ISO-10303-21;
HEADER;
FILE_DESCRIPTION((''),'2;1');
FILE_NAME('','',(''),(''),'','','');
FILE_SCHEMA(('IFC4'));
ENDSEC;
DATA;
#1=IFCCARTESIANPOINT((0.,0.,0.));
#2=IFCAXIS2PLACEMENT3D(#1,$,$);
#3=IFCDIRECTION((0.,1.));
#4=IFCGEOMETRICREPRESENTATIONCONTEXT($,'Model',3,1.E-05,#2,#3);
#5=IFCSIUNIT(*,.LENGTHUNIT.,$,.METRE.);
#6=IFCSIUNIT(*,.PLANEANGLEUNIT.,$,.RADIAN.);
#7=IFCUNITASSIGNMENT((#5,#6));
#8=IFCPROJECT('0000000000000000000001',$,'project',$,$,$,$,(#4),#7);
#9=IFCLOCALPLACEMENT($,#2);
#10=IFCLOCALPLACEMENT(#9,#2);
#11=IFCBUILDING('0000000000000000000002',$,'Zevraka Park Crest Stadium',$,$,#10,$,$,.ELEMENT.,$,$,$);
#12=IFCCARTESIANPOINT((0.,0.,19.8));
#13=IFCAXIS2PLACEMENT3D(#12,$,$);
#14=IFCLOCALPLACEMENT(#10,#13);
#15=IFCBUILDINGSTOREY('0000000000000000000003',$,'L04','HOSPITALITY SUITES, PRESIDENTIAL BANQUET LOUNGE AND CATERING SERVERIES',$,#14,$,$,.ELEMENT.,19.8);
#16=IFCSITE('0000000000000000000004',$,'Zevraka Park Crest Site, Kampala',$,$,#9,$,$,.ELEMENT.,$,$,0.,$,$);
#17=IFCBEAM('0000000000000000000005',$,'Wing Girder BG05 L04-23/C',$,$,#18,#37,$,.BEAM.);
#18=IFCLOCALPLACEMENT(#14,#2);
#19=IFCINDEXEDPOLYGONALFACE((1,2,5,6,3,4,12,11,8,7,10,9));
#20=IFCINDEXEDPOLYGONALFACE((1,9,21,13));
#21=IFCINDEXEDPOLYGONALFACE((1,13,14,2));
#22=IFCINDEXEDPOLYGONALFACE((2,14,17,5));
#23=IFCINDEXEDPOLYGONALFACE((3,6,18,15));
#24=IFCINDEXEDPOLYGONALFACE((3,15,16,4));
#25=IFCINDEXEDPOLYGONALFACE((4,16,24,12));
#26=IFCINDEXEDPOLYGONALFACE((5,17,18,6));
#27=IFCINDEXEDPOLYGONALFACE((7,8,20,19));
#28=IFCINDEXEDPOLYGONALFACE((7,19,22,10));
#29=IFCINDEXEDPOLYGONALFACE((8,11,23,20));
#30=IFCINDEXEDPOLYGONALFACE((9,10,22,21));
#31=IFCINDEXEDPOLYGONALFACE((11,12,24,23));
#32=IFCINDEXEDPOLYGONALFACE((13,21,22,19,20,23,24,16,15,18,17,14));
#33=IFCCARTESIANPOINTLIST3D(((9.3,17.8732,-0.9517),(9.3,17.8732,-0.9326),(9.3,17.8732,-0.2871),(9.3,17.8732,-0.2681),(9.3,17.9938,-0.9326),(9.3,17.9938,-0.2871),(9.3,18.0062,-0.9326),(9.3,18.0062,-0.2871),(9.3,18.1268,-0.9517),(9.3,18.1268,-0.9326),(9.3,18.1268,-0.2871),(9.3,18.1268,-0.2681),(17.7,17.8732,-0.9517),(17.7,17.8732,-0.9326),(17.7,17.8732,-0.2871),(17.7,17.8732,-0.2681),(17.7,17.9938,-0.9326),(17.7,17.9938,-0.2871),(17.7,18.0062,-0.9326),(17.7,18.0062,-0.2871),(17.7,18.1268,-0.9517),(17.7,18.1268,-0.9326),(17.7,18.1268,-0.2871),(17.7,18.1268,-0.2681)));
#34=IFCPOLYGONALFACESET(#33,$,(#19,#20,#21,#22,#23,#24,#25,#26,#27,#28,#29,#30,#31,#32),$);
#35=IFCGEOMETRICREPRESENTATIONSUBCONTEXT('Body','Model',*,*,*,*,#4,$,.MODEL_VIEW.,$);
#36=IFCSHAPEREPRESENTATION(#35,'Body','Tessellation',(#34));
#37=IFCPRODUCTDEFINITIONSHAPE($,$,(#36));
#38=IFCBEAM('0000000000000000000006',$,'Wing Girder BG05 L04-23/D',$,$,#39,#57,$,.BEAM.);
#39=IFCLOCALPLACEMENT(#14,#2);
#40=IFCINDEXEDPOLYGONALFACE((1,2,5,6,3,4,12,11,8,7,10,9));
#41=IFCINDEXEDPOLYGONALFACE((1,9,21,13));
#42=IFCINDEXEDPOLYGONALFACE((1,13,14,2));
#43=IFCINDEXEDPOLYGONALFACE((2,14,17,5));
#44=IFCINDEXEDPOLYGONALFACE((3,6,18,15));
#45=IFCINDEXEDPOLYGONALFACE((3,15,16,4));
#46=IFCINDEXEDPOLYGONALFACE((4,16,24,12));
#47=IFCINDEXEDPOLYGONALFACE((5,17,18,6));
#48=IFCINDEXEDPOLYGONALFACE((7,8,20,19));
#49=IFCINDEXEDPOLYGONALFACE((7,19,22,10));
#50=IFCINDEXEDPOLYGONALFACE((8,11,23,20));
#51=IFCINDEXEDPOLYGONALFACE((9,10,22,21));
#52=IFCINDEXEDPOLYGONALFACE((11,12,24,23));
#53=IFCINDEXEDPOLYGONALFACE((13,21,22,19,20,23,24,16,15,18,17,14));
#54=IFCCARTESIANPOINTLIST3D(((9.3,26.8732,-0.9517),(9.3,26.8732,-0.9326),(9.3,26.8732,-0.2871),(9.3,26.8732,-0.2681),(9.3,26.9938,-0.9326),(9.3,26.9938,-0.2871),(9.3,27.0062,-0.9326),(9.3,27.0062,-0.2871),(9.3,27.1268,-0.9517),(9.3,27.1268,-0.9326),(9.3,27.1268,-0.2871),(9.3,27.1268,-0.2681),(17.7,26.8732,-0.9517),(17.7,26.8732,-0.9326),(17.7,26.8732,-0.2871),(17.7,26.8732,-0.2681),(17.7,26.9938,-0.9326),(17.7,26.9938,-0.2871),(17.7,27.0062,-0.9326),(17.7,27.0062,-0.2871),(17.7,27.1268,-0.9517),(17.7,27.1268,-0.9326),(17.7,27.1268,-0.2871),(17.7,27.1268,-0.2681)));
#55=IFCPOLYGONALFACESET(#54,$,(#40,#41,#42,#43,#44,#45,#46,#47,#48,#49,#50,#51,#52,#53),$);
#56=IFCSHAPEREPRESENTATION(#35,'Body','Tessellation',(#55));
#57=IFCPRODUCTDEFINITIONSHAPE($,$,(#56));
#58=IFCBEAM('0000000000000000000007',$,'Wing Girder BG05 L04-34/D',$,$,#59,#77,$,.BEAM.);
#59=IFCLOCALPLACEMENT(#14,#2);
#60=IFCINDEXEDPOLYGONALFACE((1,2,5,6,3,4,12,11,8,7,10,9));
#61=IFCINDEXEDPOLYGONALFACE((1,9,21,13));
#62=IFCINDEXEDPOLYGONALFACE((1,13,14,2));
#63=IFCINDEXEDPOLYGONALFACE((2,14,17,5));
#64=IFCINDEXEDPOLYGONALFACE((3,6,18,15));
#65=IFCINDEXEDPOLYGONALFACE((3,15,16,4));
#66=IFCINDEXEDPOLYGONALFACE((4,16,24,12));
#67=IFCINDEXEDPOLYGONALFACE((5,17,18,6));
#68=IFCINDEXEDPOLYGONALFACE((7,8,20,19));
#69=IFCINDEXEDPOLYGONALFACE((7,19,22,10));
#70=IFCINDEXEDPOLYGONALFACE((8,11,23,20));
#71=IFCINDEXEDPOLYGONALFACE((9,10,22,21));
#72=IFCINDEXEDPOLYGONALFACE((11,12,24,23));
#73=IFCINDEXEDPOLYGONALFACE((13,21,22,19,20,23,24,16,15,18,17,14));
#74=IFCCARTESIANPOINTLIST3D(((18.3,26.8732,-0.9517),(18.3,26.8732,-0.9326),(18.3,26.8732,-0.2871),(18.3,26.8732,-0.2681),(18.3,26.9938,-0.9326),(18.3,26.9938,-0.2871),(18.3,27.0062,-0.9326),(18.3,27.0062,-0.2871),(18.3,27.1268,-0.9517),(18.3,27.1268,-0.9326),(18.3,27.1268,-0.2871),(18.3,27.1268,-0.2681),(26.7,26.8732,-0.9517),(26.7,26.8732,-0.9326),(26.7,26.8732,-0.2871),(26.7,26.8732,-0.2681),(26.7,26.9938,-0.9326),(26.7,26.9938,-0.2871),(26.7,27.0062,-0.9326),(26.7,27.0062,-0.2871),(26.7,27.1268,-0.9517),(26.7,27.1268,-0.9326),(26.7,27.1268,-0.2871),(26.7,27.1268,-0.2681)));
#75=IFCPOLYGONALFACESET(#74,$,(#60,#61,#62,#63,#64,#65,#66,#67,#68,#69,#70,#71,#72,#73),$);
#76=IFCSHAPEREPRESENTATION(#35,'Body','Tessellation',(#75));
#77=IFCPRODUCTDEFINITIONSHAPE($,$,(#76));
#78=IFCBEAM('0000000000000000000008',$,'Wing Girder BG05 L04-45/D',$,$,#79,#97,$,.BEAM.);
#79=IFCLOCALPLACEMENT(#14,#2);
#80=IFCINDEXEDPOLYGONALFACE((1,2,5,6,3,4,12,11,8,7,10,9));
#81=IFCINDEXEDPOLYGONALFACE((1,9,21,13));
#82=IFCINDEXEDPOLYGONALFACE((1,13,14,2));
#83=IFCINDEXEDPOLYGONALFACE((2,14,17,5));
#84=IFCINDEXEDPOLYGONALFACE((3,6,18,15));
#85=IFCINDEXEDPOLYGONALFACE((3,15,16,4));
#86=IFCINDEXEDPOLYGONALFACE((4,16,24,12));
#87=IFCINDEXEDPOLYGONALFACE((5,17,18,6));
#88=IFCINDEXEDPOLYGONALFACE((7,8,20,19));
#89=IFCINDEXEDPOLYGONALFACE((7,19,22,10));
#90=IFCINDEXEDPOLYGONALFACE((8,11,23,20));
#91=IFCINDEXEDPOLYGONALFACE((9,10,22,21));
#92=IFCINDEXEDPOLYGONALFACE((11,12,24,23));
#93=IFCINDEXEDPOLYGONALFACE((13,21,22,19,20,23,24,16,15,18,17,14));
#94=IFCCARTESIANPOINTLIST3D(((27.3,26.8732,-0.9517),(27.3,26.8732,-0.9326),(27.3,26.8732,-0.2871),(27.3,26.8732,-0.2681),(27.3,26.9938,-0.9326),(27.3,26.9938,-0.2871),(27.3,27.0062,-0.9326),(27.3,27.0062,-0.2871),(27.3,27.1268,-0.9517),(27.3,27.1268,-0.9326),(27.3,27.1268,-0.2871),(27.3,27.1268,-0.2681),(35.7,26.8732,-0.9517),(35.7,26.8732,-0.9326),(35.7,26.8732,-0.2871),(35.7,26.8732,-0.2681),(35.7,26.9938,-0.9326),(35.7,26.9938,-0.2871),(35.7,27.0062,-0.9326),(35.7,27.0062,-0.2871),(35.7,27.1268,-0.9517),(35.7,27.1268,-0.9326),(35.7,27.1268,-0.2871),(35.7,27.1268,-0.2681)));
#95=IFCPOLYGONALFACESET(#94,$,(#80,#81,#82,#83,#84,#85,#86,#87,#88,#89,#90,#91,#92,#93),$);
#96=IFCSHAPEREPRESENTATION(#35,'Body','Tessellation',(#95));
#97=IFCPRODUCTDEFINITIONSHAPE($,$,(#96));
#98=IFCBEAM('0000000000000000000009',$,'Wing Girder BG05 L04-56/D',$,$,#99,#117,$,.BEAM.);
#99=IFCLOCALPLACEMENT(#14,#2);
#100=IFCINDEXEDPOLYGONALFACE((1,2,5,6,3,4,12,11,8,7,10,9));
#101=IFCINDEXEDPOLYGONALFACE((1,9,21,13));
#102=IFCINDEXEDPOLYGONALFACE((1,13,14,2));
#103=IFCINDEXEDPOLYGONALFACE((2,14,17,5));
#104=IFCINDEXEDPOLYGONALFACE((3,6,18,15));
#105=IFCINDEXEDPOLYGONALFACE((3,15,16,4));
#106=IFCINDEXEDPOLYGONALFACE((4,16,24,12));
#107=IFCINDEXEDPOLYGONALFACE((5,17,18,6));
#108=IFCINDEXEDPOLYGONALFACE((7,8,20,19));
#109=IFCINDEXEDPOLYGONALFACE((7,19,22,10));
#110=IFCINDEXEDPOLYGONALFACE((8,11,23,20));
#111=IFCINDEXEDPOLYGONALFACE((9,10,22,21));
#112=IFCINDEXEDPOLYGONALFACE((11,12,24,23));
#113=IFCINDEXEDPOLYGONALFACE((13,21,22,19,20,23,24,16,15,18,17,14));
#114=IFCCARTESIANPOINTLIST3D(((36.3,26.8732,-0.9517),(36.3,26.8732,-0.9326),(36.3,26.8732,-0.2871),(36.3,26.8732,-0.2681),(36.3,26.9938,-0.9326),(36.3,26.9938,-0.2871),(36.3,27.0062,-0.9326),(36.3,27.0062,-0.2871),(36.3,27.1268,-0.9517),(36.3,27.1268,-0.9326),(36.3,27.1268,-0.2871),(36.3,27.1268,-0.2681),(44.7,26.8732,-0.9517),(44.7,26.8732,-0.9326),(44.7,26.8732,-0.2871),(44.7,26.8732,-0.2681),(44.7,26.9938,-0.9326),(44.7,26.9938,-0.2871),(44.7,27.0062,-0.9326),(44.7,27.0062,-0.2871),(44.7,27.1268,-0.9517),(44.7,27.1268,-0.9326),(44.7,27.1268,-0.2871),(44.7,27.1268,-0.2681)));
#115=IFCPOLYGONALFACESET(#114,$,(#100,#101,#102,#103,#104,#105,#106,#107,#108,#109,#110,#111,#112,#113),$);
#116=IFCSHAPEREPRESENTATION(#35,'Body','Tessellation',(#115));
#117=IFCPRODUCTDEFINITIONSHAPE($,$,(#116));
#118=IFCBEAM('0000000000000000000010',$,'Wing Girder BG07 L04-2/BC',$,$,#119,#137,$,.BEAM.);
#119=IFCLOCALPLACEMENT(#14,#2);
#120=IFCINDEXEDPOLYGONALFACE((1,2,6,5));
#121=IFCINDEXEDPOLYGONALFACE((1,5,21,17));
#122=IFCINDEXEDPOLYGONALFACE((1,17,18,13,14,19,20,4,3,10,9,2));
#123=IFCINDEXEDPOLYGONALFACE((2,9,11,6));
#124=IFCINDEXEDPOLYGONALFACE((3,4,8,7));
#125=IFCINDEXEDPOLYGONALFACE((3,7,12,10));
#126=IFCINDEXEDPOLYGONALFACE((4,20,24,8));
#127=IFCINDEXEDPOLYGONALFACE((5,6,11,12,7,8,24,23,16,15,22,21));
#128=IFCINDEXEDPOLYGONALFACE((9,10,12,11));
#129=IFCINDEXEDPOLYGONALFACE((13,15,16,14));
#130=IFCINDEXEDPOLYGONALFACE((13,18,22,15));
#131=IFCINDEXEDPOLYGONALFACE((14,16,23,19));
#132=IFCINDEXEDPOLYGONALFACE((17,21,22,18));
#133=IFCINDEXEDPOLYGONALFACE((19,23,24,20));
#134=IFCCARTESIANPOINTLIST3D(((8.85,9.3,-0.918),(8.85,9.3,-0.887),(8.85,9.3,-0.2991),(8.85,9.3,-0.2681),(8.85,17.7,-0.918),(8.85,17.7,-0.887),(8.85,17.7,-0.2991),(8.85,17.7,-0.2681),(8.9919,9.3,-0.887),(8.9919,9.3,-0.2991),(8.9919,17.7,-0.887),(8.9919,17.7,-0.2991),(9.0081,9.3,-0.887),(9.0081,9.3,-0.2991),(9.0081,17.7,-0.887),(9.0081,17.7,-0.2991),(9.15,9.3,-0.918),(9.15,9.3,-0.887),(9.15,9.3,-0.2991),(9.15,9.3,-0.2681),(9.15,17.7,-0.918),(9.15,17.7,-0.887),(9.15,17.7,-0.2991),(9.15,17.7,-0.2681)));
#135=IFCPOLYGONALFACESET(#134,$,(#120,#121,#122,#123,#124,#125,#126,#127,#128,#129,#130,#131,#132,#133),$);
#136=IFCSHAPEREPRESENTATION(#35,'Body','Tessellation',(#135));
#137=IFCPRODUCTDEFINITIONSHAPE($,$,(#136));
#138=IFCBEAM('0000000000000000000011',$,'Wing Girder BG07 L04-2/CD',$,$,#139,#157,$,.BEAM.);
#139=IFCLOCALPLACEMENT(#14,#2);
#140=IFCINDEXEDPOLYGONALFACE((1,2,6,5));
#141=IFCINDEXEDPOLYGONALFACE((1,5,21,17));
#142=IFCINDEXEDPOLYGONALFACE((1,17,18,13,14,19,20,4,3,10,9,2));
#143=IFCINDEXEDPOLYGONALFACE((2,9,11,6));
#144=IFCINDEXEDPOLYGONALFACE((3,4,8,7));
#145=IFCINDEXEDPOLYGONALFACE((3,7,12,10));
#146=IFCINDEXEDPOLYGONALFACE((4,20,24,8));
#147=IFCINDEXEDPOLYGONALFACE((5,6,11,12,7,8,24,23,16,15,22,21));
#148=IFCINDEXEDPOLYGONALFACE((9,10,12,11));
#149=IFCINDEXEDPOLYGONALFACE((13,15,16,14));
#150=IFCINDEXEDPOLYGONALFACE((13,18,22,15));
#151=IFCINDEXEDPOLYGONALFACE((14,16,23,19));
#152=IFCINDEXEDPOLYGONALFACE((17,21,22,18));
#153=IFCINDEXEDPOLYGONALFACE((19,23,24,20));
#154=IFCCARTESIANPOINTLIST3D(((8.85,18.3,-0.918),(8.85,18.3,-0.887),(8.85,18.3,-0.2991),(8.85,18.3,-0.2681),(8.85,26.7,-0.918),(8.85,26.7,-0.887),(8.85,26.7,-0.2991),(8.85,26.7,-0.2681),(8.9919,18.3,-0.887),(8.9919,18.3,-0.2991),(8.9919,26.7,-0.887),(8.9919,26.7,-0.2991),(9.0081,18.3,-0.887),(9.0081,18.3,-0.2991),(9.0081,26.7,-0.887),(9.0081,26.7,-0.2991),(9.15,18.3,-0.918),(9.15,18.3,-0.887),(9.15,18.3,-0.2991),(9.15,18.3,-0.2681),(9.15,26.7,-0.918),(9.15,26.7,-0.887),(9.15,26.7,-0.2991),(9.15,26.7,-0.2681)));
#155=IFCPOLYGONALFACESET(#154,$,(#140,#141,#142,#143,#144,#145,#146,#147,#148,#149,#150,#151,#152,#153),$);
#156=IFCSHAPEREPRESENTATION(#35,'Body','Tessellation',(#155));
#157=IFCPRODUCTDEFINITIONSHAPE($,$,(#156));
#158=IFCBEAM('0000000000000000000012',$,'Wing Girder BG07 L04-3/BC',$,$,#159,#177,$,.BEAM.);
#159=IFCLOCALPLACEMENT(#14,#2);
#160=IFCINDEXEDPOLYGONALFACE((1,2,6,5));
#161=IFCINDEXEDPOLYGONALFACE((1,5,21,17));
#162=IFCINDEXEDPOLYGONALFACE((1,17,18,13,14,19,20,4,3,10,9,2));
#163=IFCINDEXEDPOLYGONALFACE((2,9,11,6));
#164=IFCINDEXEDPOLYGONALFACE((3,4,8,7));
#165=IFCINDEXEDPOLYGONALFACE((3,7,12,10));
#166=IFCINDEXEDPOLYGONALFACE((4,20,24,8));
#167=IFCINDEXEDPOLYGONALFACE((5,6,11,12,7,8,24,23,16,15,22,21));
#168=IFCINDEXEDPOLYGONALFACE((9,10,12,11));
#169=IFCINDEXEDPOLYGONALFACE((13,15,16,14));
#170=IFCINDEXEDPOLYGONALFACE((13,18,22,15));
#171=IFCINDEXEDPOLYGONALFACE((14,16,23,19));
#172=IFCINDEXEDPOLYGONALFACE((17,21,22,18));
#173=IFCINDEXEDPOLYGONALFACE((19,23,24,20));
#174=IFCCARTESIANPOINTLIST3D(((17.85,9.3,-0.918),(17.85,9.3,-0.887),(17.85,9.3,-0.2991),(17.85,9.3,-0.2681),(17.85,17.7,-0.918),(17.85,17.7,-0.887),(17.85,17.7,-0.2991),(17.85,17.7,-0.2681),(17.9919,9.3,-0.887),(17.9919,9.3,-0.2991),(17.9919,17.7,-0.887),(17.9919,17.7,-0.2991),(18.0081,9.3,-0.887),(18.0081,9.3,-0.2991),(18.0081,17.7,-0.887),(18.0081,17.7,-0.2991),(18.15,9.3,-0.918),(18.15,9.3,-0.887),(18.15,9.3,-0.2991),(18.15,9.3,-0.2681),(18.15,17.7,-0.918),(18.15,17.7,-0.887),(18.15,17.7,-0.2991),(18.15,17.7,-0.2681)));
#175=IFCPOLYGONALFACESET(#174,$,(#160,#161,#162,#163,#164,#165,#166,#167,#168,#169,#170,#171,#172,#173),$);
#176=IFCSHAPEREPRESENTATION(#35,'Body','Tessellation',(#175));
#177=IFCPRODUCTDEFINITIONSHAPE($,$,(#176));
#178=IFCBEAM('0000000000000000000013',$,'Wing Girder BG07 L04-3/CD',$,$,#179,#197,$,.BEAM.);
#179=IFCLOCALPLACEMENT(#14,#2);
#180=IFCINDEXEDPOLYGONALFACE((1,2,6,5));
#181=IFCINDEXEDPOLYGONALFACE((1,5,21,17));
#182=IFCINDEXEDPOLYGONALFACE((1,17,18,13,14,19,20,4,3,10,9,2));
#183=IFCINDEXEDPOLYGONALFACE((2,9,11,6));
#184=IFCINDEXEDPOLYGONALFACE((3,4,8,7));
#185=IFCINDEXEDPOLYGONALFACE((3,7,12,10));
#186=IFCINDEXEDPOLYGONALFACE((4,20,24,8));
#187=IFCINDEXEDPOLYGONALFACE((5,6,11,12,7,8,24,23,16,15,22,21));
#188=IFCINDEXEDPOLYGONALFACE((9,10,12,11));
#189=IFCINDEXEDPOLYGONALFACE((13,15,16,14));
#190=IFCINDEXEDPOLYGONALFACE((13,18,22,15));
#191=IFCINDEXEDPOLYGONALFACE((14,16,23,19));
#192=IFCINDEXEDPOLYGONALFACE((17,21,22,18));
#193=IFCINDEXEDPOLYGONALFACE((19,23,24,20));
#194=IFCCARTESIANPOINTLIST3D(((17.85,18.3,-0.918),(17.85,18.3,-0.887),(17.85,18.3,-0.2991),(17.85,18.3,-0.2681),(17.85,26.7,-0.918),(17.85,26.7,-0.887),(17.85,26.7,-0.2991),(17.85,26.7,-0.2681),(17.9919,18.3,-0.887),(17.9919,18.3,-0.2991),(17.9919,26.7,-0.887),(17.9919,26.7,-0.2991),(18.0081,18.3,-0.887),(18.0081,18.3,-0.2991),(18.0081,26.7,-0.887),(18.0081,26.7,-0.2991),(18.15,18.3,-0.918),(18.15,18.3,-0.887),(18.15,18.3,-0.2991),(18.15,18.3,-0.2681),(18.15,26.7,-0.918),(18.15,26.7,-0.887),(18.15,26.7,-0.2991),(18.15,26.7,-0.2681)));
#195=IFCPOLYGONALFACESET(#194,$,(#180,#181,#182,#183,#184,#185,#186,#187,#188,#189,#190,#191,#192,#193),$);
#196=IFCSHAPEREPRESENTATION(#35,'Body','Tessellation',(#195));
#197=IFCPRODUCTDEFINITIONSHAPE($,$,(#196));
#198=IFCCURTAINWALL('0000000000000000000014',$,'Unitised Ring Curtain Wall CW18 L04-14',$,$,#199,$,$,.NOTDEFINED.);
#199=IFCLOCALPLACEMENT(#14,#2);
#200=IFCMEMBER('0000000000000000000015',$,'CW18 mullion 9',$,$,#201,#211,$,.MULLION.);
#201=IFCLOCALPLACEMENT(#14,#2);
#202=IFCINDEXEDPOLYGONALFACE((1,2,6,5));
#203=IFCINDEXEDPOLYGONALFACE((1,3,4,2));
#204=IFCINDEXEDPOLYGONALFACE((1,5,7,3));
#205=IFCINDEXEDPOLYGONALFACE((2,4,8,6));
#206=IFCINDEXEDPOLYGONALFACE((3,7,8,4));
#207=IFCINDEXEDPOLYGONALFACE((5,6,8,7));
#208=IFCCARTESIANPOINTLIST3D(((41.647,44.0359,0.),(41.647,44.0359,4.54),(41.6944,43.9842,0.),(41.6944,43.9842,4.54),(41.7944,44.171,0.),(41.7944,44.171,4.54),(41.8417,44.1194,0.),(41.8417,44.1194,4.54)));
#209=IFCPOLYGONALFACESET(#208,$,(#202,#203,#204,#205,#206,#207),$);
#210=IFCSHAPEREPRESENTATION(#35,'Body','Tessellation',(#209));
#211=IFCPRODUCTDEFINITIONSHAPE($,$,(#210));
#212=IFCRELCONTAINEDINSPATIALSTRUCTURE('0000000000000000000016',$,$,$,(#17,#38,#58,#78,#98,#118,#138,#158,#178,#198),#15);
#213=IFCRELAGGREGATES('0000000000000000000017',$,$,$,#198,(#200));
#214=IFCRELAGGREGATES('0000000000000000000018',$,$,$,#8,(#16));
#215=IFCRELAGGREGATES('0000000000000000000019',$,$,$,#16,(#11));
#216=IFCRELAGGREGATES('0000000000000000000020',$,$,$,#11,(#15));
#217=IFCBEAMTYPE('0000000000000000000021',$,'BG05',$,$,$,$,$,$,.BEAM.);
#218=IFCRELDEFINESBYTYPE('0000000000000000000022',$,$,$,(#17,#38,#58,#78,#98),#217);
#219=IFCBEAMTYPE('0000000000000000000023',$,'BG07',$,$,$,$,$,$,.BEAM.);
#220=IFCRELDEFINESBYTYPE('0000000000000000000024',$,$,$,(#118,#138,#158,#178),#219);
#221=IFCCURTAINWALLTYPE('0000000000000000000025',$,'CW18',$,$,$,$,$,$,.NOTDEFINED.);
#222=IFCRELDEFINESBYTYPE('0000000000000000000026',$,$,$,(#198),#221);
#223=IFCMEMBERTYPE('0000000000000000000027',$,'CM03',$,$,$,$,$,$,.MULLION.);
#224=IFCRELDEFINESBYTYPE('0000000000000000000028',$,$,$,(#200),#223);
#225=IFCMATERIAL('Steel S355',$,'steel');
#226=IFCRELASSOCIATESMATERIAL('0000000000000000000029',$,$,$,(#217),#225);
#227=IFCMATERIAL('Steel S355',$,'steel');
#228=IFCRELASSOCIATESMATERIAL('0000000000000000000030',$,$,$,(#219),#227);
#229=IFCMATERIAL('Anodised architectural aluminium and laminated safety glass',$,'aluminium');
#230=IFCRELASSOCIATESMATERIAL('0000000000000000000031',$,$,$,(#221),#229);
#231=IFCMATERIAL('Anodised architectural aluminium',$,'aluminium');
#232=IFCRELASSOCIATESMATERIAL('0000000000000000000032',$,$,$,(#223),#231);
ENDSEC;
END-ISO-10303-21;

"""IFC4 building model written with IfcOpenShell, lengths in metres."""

from ifc_helpers import new_model, si_unit, direction, frame, origin, origin_2d, place, context, subcontext, project, spatial, rectangle, i_section, extrude, material, material_profile, profile_set, type_object, element, aggregate, save


model = new_model("IFC4")

# Units and contexts
model_context = context("Model", 3, precision=1e-05, world=origin(), true_north=direction((0.0, 1.0)))
body_context = subcontext(model_context, "Body", "Model", "MODEL_VIEW")
ifc_project = project(units=[si_unit("LENGTHUNIT", "METRE"), si_unit("PLANEANGLEUNIT", "RADIAN")], contexts=[model_context])

# Site, building, storey
site_placement = place(None, origin())
site = spatial("IfcSite", under=ifc_project, at=site_placement, Name="Zevraka Park Crest Site, Kampala", CompositionType="ELEMENT", RefElevation=0.0)
building_placement = place(site_placement, origin())
building = spatial("IfcBuilding", under=site, at=building_placement, Name="Zevraka Park Crest Stadium", CompositionType="ELEMENT")
storey_placement = place(building_placement, frame((0.0, 0.0, 19.8)))
storey = spatial("IfcBuildingStorey", under=building, at=storey_placement, Name="L04", Description="HOSPITALITY SUITES, PRESIDENTIAL BANQUET LOUNGE AND CATERING SERVERIES", CompositionType="ELEMENT", Elevation=19.8)

# Beams
ifc_material_1 = material(Name="Steel S355", Category="steel")
ifc_material_profile_1 = material_profile(ifc_material_1, i_section(OverallWidth=0.2537, OverallDepth=0.6836, WebThickness=0.0125, FlangeThickness=0.019, at=origin_2d()), Name="UKB 686x254x140")
ifc_profile_set_1 = profile_set([ifc_material_profile_1], Name="Steel S355")
beam_type_1 = type_object("IfcBeamType", Name="BG05", PredefinedType="BEAM", material=ifc_profile_set_1)
for number, where, z_axis, x_axis, name in (
    (1, (9.3, 18.0, -0.6099), (1.0, 0.0, 0.0), (0.0, 1.0, 0.0), "Wing Girder BG05 L04-23/C"),
    (2, (9.3, 27.0, -0.6099), (1.0, 0.0, 0.0), (0.0, 1.0, 0.0), "Wing Girder BG05 L04-23/D"),
    (3, (18.3, 27.0, -0.6099), (1.0, 0.0, 0.0), (0.0, 1.0, 0.0), "Wing Girder BG05 L04-34/D"),
    (4, (27.3, 27.0, -0.6099), (1.0, 0.0, 0.0), (0.0, 1.0, 0.0), "Wing Girder BG05 L04-45/D"),
    (5, (36.3, 27.0, -0.6099), (1.0, 0.0, 0.0), (0.0, 1.0, 0.0), "Wing Girder BG05 L04-56/D"),
):
    element("IfcBeam", number, at=place(storey_placement, frame(where, z_axis=z_axis, x_axis=x_axis)), inside=storey, type_object=beam_type_1, Name=name, PredefinedType="BEAM", context=body_context, shape_type="SweptSolid", body=[
        extrude(i_section(OverallWidth=0.2537, OverallDepth=0.6836, WebThickness=0.0125, FlangeThickness=0.019, at=origin_2d()), origin(), (0.0, 0.0, 1.0), 8.3999),
    ])
ifc_material_2 = material(Name="Steel S355", Category="steel")
ifc_material_profile_2 = material_profile(ifc_material_2, i_section(OverallWidth=0.3, OverallDepth=0.6499, WebThickness=0.0161, FlangeThickness=0.031, at=origin_2d()), Name="HEB 650")
ifc_profile_set_2 = profile_set([ifc_material_profile_2], Name="Steel S355")
beam_type_2 = type_object("IfcBeamType", Name="BG07", PredefinedType="BEAM", material=ifc_profile_set_2)
for number, where, z_axis, x_axis, name in (
    (6, (9.0, 9.3, -0.593), (0.0, 1.0, 0.0), (-1.0, 0.0, 0.0), "Wing Girder BG07 L04-2/BC"),
    (7, (9.0, 18.3, -0.593), (0.0, 1.0, 0.0), (-1.0, 0.0, 0.0), "Wing Girder BG07 L04-2/CD"),
    (8, (18.0, 9.3, -0.593), (0.0, 1.0, 0.0), (-1.0, 0.0, 0.0), "Wing Girder BG07 L04-3/BC"),
    (9, (18.0, 18.3, -0.593), (0.0, 1.0, 0.0), (-1.0, 0.0, 0.0), "Wing Girder BG07 L04-3/CD"),
):
    element("IfcBeam", number, at=place(storey_placement, frame(where, z_axis=z_axis, x_axis=x_axis)), inside=storey, type_object=beam_type_2, Name=name, PredefinedType="BEAM", context=body_context, shape_type="SweptSolid", body=[
        extrude(i_section(OverallWidth=0.3, OverallDepth=0.6499, WebThickness=0.0161, FlangeThickness=0.031, at=origin_2d()), origin(), (0.0, 0.0, 1.0), 8.3999),
    ])

# Curtain wall, member
ifc_material_3 = material(Name="Anodised architectural aluminium and laminated safety glass", Category="aluminium")
curtain_wall_type = type_object("IfcCurtainWallType", Name="CW18", PredefinedType="NOTDEFINED", material=ifc_material_3)
curtain_wall_placement = place(storey_placement, origin())
curtain_wall = element("IfcCurtainWall", 10, at=curtain_wall_placement, inside=storey, type_object=curtain_wall_type, Name="Unitised Ring Curtain Wall CW18 L04-14", PredefinedType="NOTDEFINED")
ifc_material_4 = material(Name="Anodised architectural aluminium", Category="aluminium")
ifc_material_profile_3 = material_profile(ifc_material_4, rectangle(XDim=0.2, YDim=0.0701, at=origin_2d()), Name="ALU MULLION 200x70")
ifc_profile_set_3 = profile_set([ifc_material_profile_3], Name="Anodised architectural aluminium")
member_type_1 = type_object("IfcMemberType", Name="CM03", PredefinedType="MULLION", material=ifc_profile_set_3)
member_1_placement = place(storey_placement, frame((41.7444, 44.0776, 0.0), z_axis=(0.0, 0.0, 1.0), x_axis=(0.736775, 0.676138, 0.0)))
member_1 = element("IfcMember", 11, at=member_1_placement, type_object=member_type_1, Name="CW18 mullion 9", PredefinedType="MULLION", context=body_context, shape_type="SweptSolid", body=[
    extrude(rectangle(XDim=0.2, YDim=0.0701, at=origin_2d()), origin(), (0.0, 0.0, 1.0), 4.54),
])

aggregate(curtain_wall, [member_1])

save(model, "model.ifc")
